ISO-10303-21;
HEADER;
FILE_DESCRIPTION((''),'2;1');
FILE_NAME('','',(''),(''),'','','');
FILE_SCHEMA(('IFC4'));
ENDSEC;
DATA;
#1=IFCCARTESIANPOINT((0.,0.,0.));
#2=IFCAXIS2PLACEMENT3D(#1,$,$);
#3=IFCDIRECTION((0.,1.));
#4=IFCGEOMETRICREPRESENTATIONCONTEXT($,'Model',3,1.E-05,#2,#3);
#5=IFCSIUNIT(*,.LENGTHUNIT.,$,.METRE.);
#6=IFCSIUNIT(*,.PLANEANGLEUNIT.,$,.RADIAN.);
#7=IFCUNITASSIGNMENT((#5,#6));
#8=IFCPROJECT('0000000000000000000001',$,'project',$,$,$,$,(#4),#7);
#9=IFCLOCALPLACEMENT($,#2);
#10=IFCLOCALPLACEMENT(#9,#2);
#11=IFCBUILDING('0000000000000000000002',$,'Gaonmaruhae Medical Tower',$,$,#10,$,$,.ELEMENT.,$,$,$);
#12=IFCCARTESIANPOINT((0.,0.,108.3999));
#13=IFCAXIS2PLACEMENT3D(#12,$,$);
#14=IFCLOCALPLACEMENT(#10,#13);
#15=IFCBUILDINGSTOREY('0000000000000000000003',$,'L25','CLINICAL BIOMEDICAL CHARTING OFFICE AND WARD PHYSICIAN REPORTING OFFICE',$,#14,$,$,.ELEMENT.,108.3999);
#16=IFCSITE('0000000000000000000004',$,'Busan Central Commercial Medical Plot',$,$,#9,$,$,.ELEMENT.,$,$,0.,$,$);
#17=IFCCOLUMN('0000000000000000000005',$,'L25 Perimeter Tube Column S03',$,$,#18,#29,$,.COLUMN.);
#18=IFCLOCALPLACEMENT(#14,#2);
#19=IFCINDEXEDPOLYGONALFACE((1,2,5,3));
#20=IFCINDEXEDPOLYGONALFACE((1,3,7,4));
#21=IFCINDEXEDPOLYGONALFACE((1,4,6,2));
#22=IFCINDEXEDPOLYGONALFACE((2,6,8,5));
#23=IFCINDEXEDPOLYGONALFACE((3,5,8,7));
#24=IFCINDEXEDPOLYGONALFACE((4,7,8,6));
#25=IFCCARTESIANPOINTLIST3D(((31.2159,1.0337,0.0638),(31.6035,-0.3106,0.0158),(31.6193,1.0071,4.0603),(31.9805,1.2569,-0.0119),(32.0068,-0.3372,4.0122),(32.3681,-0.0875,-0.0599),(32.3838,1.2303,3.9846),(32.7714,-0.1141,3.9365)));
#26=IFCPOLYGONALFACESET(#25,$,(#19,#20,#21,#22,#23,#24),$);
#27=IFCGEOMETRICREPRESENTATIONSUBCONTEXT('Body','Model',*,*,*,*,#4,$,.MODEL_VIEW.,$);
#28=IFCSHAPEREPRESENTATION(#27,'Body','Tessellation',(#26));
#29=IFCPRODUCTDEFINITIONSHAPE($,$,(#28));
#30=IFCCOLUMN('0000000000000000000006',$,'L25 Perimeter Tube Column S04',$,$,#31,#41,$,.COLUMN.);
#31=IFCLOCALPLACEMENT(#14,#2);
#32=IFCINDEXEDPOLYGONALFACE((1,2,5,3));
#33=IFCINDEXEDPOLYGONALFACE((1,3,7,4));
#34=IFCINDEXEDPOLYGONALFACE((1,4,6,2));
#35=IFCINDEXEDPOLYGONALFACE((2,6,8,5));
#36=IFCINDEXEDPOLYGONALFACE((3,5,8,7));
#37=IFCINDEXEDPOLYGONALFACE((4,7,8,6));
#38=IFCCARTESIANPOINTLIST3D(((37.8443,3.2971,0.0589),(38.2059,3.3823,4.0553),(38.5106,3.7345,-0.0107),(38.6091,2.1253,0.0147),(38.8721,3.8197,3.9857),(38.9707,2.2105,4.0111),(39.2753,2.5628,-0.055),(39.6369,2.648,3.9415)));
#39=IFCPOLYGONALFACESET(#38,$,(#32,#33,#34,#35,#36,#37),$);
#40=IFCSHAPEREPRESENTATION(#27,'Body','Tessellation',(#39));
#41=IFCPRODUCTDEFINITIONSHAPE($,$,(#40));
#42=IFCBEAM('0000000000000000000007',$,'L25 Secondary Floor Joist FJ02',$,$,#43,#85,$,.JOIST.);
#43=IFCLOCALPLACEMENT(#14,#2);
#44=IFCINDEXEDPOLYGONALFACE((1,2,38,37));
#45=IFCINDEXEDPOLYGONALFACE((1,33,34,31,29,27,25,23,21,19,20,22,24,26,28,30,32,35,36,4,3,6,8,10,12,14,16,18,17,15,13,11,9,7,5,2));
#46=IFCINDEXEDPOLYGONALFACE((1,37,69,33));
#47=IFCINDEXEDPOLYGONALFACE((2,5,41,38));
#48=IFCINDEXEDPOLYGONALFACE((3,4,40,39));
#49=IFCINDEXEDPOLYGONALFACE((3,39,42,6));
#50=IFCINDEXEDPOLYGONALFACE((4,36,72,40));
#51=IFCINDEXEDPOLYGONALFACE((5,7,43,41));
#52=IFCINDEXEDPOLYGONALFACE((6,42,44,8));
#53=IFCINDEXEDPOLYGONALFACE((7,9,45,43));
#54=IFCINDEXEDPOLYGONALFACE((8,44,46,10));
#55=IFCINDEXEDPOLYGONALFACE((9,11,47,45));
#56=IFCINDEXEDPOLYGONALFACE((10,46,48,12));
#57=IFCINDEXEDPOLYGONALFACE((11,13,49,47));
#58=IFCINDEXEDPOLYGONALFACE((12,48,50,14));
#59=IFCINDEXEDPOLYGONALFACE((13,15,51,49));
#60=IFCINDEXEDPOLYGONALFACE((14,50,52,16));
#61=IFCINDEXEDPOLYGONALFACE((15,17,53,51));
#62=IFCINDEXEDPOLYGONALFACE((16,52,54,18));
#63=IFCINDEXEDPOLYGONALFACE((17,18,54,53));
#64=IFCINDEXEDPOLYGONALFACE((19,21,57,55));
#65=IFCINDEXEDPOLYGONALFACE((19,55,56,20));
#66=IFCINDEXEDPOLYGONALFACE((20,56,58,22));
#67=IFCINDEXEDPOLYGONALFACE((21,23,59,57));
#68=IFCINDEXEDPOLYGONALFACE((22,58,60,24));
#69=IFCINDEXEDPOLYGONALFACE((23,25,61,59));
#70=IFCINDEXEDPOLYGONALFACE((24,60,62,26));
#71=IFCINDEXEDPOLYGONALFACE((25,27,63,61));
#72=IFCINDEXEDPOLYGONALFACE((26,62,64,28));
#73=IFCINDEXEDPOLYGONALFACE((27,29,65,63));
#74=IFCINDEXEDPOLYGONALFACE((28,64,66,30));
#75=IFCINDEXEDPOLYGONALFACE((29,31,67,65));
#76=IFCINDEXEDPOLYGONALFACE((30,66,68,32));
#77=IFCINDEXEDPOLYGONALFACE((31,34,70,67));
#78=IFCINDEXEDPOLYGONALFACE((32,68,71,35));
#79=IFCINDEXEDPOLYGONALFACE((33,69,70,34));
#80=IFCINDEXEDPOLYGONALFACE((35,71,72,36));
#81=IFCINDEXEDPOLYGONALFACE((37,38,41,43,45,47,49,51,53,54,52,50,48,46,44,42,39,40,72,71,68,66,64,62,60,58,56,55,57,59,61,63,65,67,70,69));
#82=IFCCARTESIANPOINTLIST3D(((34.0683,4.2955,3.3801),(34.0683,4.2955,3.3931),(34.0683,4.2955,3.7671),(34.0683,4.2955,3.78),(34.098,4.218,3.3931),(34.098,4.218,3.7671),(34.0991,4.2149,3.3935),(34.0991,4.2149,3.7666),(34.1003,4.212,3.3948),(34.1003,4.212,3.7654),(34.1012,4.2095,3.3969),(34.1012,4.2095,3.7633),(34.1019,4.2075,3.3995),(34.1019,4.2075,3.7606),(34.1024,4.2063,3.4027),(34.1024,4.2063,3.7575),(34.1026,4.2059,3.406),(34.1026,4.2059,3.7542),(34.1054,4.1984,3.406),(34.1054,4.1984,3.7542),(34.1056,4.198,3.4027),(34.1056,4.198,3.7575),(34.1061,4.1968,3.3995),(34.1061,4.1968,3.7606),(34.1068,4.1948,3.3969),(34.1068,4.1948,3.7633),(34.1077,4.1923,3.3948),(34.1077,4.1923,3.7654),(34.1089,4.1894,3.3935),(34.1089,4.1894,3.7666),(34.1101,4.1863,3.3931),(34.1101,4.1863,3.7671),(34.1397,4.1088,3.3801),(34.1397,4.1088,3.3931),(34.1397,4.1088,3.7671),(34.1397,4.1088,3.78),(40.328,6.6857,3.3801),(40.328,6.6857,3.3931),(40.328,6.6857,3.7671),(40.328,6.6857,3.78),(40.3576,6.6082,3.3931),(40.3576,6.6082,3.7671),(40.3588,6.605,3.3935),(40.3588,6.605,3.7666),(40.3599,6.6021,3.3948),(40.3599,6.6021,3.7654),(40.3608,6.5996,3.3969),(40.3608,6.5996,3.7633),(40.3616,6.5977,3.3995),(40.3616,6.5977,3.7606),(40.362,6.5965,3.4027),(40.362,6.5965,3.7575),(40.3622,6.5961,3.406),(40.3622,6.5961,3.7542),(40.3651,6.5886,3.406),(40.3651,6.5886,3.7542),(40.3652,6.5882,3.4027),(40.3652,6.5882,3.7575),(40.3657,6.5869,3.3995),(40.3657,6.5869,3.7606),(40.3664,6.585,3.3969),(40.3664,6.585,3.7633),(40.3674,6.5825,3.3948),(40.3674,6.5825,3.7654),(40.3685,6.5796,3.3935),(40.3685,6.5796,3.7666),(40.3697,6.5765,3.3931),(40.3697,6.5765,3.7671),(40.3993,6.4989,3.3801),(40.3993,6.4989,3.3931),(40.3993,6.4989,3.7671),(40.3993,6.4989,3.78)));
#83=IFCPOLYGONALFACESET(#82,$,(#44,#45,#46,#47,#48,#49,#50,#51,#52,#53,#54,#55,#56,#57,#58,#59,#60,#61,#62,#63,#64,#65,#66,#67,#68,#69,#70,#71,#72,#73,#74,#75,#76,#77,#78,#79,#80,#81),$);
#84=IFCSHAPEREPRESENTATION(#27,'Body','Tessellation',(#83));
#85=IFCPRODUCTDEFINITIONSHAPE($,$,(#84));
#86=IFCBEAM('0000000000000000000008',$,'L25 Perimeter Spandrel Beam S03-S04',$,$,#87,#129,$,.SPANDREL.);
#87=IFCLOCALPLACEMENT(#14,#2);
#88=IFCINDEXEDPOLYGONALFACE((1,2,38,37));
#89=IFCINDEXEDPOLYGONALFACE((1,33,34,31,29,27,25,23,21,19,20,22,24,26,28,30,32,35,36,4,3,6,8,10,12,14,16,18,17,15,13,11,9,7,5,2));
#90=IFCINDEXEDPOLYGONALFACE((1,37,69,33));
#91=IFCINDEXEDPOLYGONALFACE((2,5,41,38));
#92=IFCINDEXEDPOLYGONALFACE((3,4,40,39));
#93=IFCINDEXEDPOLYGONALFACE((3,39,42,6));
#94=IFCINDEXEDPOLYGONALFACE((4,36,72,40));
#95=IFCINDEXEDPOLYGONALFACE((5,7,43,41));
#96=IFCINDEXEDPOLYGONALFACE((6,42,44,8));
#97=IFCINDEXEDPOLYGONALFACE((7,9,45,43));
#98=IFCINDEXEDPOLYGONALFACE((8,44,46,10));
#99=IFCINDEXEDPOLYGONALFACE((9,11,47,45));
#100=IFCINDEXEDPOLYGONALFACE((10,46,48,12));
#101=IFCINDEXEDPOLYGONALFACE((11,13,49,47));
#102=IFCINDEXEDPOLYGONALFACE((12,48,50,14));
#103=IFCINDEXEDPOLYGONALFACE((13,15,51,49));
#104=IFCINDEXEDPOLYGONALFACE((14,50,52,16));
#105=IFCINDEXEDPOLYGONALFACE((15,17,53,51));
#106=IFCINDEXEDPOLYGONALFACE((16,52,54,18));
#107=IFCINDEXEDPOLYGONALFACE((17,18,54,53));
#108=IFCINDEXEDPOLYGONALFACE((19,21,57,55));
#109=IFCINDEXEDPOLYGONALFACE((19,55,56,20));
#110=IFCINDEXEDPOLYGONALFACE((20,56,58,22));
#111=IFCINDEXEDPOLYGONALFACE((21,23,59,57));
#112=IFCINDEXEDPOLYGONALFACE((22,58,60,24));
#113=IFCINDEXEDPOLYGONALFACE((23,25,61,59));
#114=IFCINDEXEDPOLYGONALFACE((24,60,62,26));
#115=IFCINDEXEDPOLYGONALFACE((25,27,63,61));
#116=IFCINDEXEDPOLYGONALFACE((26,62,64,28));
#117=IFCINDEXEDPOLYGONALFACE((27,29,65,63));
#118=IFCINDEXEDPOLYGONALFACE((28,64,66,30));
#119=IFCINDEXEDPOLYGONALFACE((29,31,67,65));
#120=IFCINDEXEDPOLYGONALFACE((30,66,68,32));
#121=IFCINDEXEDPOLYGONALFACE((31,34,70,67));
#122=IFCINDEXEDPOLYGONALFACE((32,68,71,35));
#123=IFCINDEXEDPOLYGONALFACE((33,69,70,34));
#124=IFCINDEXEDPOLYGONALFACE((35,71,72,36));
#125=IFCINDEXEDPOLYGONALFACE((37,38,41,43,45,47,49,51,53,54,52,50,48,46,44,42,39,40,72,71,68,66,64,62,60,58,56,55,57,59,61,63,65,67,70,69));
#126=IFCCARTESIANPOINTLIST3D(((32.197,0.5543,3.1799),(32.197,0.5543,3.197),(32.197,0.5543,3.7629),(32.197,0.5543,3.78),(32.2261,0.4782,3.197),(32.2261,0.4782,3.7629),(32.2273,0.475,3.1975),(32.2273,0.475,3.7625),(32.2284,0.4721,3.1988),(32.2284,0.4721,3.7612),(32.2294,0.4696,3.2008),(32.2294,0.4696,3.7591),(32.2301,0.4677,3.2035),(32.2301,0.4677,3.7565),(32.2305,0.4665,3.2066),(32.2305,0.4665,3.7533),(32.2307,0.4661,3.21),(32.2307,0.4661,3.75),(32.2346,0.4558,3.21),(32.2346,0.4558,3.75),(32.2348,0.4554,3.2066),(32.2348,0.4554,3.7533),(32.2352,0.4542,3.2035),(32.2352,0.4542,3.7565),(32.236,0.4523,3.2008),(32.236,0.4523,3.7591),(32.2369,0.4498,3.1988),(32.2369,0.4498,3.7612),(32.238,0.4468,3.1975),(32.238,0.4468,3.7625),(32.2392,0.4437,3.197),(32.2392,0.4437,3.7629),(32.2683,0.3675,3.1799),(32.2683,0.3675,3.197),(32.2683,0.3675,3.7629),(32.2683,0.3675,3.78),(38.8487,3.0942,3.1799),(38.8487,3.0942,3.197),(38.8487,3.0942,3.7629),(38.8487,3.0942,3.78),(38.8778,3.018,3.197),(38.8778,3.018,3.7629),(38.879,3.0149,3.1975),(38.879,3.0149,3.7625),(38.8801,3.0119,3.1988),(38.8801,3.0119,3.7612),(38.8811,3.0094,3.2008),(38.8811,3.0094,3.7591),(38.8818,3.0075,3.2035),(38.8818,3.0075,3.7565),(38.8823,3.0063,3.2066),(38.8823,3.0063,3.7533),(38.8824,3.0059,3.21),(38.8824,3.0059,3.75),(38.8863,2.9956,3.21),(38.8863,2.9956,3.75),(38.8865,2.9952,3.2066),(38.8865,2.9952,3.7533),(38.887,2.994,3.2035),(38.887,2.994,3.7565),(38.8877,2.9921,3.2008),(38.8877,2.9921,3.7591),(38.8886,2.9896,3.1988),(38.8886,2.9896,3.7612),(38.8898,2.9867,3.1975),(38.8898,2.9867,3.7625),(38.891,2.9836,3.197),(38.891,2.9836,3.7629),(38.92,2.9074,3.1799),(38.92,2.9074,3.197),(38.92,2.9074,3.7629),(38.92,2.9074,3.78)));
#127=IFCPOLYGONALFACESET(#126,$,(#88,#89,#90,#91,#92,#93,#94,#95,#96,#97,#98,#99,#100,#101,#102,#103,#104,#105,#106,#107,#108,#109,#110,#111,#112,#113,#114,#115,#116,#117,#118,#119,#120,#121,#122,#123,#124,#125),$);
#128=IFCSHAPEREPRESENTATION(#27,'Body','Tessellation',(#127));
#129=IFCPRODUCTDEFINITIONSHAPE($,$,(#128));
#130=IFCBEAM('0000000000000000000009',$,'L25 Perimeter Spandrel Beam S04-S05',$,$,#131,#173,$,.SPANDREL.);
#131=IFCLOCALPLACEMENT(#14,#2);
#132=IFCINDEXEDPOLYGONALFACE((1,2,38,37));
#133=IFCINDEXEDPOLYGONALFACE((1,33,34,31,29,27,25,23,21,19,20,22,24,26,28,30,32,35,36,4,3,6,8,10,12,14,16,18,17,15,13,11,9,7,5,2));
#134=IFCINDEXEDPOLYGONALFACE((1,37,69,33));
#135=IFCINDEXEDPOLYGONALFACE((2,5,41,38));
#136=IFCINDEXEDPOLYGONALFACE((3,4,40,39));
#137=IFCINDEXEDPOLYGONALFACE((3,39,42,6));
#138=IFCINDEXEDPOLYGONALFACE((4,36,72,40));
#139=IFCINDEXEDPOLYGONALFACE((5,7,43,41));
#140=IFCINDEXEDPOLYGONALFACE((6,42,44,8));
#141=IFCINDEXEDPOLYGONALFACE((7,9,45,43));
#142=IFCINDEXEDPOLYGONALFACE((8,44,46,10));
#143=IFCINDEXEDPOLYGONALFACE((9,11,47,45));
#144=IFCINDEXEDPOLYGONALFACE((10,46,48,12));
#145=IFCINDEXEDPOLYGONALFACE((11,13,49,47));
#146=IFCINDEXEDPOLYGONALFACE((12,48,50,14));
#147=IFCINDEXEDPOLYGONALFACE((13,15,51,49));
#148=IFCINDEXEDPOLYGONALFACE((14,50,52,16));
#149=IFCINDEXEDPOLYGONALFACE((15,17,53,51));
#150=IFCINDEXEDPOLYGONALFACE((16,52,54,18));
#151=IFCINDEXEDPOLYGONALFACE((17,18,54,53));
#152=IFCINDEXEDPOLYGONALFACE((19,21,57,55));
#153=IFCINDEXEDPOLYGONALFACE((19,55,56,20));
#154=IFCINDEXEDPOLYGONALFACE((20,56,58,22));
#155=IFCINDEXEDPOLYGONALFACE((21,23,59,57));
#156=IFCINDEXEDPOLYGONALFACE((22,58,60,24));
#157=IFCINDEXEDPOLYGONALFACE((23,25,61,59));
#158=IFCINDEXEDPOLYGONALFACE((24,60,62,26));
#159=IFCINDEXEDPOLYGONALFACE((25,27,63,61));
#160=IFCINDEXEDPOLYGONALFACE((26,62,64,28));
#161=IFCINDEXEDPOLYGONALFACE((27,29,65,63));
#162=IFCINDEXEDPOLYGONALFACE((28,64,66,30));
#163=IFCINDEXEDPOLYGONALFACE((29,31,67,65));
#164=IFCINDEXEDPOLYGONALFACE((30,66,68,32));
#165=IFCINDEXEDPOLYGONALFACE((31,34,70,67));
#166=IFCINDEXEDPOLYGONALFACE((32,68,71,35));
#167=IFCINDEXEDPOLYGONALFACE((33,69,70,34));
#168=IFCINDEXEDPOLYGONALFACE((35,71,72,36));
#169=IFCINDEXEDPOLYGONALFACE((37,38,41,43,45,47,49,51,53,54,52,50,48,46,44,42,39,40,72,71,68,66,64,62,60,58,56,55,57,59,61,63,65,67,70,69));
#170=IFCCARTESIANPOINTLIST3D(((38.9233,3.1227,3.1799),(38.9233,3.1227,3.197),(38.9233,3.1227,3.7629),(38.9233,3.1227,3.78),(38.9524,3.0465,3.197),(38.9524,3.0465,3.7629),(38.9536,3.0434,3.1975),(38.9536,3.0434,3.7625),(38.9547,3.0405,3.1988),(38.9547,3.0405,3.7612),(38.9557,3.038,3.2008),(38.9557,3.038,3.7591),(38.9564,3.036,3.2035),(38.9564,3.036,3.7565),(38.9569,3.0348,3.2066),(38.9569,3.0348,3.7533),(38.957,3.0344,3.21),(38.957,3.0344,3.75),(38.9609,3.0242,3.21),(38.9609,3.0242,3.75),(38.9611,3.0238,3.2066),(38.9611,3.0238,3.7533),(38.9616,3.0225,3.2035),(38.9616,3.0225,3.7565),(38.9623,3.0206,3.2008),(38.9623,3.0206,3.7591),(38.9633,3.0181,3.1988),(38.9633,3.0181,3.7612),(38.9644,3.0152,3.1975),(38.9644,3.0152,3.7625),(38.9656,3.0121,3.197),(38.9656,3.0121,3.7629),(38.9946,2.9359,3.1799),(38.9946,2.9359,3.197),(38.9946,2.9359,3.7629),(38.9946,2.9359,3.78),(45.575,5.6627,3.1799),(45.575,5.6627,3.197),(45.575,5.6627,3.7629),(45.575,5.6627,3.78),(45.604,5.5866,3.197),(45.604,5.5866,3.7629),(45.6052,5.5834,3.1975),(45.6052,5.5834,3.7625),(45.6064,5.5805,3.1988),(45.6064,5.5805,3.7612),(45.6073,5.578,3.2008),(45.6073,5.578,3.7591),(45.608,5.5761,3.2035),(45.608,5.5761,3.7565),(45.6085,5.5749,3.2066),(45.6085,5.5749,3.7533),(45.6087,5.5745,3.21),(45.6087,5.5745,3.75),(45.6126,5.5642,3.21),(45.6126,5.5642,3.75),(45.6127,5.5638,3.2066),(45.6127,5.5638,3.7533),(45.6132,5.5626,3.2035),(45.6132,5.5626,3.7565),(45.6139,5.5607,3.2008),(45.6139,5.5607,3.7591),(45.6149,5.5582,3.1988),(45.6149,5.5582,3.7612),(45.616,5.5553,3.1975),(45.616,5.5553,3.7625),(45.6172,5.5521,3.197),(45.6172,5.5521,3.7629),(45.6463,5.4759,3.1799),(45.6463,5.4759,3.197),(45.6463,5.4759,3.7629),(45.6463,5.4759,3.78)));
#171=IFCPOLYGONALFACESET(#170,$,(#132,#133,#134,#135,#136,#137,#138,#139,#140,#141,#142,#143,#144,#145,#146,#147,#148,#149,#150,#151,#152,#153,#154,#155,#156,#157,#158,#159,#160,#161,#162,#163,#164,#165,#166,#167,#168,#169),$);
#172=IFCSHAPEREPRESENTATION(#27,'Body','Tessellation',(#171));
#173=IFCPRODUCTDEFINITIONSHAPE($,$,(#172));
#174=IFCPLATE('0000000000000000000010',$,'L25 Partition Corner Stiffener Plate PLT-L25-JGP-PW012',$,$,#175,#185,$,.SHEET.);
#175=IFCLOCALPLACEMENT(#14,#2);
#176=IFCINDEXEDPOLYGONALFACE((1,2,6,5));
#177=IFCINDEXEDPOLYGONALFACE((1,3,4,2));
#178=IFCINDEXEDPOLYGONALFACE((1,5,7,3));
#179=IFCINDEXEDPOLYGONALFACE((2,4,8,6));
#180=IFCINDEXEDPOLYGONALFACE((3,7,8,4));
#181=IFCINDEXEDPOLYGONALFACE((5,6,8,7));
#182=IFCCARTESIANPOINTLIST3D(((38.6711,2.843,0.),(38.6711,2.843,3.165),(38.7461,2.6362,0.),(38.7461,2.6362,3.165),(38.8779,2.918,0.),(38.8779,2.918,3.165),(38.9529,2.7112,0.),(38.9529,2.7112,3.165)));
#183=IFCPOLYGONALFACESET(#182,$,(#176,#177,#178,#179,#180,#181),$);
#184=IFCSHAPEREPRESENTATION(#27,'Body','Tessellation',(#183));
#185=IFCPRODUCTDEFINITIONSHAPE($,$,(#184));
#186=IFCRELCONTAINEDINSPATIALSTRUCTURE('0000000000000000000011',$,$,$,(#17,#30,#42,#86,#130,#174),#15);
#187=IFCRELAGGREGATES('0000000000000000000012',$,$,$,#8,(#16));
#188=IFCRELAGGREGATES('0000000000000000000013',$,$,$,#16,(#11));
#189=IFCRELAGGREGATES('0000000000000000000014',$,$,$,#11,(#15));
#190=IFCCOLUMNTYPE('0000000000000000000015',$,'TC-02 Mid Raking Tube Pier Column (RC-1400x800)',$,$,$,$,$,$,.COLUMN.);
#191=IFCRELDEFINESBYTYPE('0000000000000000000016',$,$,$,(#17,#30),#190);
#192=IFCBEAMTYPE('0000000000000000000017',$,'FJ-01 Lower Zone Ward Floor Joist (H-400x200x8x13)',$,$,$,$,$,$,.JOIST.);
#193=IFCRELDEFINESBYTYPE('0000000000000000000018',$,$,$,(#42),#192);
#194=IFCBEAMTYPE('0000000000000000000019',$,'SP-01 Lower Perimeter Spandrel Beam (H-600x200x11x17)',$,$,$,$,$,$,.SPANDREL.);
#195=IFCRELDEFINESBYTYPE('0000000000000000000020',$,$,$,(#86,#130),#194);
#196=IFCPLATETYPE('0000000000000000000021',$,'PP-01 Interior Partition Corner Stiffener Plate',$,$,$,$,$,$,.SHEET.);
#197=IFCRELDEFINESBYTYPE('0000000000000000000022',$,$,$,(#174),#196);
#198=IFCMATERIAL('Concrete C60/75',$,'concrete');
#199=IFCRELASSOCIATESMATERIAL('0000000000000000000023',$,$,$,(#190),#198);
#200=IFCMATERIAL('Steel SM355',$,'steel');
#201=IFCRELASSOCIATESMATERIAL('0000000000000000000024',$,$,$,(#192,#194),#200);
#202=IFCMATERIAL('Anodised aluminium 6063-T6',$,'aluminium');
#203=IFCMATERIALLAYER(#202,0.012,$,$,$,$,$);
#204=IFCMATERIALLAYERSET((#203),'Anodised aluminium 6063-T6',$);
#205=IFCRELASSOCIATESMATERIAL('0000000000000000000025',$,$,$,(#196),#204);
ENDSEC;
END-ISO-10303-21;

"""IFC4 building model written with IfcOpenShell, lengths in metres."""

from ifc_helpers import new_model, si_unit, direction, frame, origin, origin_2d, place, context, subcontext, project, spatial, rectangle, i_section, extrude, material, layer, layer_set, material_profile, profile_set, type_object, element, save


model = new_model("IFC4")

# Units and contexts
model_context = context("Model", 3, precision=1e-05, world=origin(), true_north=direction((0.0, 1.0)))
body_context = subcontext(model_context, "Body", "Model", "MODEL_VIEW")
ifc_project = project(units=[si_unit("LENGTHUNIT", "METRE"), si_unit("PLANEANGLEUNIT", "RADIAN")], contexts=[model_context])

# Site, building, storey
site_placement = place(None, origin())
site = spatial("IfcSite", under=ifc_project, at=site_placement, Name="Busan Central Commercial Medical Plot", CompositionType="ELEMENT", RefElevation=0.0)
building_placement = place(site_placement, origin())
building = spatial("IfcBuilding", under=site, at=building_placement, Name="Gaonmaruhae Medical Tower", CompositionType="ELEMENT")
storey_placement = place(building_placement, frame((0.0, 0.0, 108.3999)))
storey = spatial("IfcBuildingStorey", under=building, at=storey_placement, Name="L25", Description="CLINICAL BIOMEDICAL CHARTING OFFICE AND WARD PHYSICIAN REPORTING OFFICE", CompositionType="ELEMENT", Elevation=108.3999)

# Columns
ifc_material_1 = material(Name="Concrete C60/75", Category="concrete")
ifc_material_profile_1 = material_profile(ifc_material_1, rectangle(XDim=1.3999, YDim=0.8, at=origin_2d()), Name="RC-1400x800")
ifc_profile_set_1 = profile_set([ifc_material_profile_1], Name="Concrete C60/75")
column_type = type_object("IfcColumnType", Name="TC-02 Mid Raking Tube Pier Column (RC-1400x800)", PredefinedType="COLUMN", material=ifc_profile_set_1)
column_1_placement = place(storey_placement, frame((31.792, 0.4731, 0.002), z_axis=(0.10041, -0.006625, 0.994924), x_axis=(-0.276845, 0.960301, 0.034334)))
element("IfcColumn", 1, at=column_1_placement, inside=storey, type_object=column_type, Name="L25 Perimeter Tube Column S03", PredefinedType="COLUMN", context=body_context, shape_type="SweptSolid", body=[
    extrude(rectangle(XDim=1.3999, YDim=0.8, at=origin_2d()), origin(), (0.0, 0.0, 1.0), 4.0168),
])
column_2_placement = place(storey_placement, frame((38.5598, 2.9299, 0.002), z_axis=(0.090088, 0.021229, 0.995708), x_axis=(-0.546283, 0.837005, 0.03158)))
element("IfcColumn", 2, at=column_2_placement, inside=storey, type_object=column_type, Name="L25 Perimeter Tube Column S04", PredefinedType="COLUMN", context=body_context, shape_type="SweptSolid", body=[
    extrude(rectangle(XDim=1.3999, YDim=0.8, at=origin_2d()), origin(), (0.0, 0.0, 1.0), 4.0137),
])

# Beams
ifc_material_2 = material(Name="Steel SM355", Category="steel")
ifc_material_profile_2 = material_profile(ifc_material_2, i_section(OverallWidth=0.2, OverallDepth=0.3999, WebThickness=0.0081, FlangeThickness=0.0129, FilletRadius=0.0129, at=origin_2d()), Name="H-400x200x8x13")
ifc_profile_set_2 = profile_set([ifc_material_profile_2], Name="Steel SM355")
beam_type_1 = type_object("IfcBeamType", Name="FJ-01 Lower Zone Ward Floor Joist (H-400x200x8x13)", PredefinedType="JOIST", material=ifc_profile_set_2)
beam_placement = place(storey_placement, frame((34.104, 4.2021, 3.5801), z_axis=(0.934212, 0.356719, 0.0), x_axis=(-0.356719, 0.934212, 0.0)))
element("IfcBeam", 3, at=beam_placement, inside=storey, type_object=beam_type_1, Name="L25 Secondary Floor Joist FJ02", PredefinedType="JOIST", context=body_context, shape_type="SweptSolid", body=[
    extrude(i_section(OverallWidth=0.2, OverallDepth=0.3999, WebThickness=0.0081, FlangeThickness=0.0129, FilletRadius=0.0129, at=origin_2d()), origin(), (0.0, 0.0, 1.0), 6.7004),
])
ifc_material_profile_3 = material_profile(ifc_material_2, i_section(OverallWidth=0.2, OverallDepth=0.6001, WebThickness=0.011, FlangeThickness=0.0171, FilletRadius=0.0129, at=origin_2d()), Name="H-600x200x11x17")
ifc_profile_set_3 = profile_set([ifc_material_profile_3], Name="Steel SM355")
beam_type_2 = type_object("IfcBeamType", Name="SP-01 Lower Perimeter Spandrel Beam (H-600x200x11x17)", PredefinedType="SPANDREL", material=ifc_profile_set_3)
for number, where, z_axis, x_axis, name in (
    (4, (32.2327, 0.4609, 3.48), (0.934214, 0.356712, 0.0), (-0.356712, 0.934214, 0.0), "L25 Perimeter Spandrel Beam S03-S04"),
    (5, (38.959, 3.0293, 3.48), (0.934203, 0.356742, 0.0), (-0.356742, 0.934203, 0.0), "L25 Perimeter Spandrel Beam S04-S05"),
):
    element("IfcBeam", number, at=place(storey_placement, frame(where, z_axis=z_axis, x_axis=x_axis)), inside=storey, type_object=beam_type_2, Name=name, PredefinedType="SPANDREL", context=body_context, shape_type="SweptSolid", body=[
        extrude(i_section(OverallWidth=0.2, OverallDepth=0.6001, WebThickness=0.011, FlangeThickness=0.0171, FilletRadius=0.0129, at=origin_2d()), origin(), (0.0, 0.0, 1.0), 7.1201),
    ])

# Plate
ifc_material_3 = material(Name="Anodised aluminium 6063-T6", Category="aluminium")
ifc_layer_1 = layer(ifc_material_3, 0.012)
ifc_layer_set_1 = layer_set([ifc_layer_1], Name="Anodised aluminium 6063-T6")
plate_type = type_object("IfcPlateType", Name="PP-01 Interior Partition Corner Stiffener Plate", PredefinedType="SHEET", material=ifc_layer_set_1)
plate_1_placement = place(storey_placement, frame((38.812, 2.7771, 0.0), z_axis=(0.0, 0.0, 1.0), x_axis=(-0.940086, -0.340937, 0.0)))
element("IfcPlate", 6, at=plate_1_placement, inside=storey, type_object=plate_type, Name="L25 Partition Corner Stiffener Plate PLT-L25-JGP-PW012", PredefinedType="SHEET", context=body_context, shape_type="SweptSolid", body=[
    extrude(rectangle(XDim=0.22, YDim=0.22, at=origin_2d()), origin(), (0.0, 0.0, 1.0), 3.165),
])

save(model, "model.ifc")
